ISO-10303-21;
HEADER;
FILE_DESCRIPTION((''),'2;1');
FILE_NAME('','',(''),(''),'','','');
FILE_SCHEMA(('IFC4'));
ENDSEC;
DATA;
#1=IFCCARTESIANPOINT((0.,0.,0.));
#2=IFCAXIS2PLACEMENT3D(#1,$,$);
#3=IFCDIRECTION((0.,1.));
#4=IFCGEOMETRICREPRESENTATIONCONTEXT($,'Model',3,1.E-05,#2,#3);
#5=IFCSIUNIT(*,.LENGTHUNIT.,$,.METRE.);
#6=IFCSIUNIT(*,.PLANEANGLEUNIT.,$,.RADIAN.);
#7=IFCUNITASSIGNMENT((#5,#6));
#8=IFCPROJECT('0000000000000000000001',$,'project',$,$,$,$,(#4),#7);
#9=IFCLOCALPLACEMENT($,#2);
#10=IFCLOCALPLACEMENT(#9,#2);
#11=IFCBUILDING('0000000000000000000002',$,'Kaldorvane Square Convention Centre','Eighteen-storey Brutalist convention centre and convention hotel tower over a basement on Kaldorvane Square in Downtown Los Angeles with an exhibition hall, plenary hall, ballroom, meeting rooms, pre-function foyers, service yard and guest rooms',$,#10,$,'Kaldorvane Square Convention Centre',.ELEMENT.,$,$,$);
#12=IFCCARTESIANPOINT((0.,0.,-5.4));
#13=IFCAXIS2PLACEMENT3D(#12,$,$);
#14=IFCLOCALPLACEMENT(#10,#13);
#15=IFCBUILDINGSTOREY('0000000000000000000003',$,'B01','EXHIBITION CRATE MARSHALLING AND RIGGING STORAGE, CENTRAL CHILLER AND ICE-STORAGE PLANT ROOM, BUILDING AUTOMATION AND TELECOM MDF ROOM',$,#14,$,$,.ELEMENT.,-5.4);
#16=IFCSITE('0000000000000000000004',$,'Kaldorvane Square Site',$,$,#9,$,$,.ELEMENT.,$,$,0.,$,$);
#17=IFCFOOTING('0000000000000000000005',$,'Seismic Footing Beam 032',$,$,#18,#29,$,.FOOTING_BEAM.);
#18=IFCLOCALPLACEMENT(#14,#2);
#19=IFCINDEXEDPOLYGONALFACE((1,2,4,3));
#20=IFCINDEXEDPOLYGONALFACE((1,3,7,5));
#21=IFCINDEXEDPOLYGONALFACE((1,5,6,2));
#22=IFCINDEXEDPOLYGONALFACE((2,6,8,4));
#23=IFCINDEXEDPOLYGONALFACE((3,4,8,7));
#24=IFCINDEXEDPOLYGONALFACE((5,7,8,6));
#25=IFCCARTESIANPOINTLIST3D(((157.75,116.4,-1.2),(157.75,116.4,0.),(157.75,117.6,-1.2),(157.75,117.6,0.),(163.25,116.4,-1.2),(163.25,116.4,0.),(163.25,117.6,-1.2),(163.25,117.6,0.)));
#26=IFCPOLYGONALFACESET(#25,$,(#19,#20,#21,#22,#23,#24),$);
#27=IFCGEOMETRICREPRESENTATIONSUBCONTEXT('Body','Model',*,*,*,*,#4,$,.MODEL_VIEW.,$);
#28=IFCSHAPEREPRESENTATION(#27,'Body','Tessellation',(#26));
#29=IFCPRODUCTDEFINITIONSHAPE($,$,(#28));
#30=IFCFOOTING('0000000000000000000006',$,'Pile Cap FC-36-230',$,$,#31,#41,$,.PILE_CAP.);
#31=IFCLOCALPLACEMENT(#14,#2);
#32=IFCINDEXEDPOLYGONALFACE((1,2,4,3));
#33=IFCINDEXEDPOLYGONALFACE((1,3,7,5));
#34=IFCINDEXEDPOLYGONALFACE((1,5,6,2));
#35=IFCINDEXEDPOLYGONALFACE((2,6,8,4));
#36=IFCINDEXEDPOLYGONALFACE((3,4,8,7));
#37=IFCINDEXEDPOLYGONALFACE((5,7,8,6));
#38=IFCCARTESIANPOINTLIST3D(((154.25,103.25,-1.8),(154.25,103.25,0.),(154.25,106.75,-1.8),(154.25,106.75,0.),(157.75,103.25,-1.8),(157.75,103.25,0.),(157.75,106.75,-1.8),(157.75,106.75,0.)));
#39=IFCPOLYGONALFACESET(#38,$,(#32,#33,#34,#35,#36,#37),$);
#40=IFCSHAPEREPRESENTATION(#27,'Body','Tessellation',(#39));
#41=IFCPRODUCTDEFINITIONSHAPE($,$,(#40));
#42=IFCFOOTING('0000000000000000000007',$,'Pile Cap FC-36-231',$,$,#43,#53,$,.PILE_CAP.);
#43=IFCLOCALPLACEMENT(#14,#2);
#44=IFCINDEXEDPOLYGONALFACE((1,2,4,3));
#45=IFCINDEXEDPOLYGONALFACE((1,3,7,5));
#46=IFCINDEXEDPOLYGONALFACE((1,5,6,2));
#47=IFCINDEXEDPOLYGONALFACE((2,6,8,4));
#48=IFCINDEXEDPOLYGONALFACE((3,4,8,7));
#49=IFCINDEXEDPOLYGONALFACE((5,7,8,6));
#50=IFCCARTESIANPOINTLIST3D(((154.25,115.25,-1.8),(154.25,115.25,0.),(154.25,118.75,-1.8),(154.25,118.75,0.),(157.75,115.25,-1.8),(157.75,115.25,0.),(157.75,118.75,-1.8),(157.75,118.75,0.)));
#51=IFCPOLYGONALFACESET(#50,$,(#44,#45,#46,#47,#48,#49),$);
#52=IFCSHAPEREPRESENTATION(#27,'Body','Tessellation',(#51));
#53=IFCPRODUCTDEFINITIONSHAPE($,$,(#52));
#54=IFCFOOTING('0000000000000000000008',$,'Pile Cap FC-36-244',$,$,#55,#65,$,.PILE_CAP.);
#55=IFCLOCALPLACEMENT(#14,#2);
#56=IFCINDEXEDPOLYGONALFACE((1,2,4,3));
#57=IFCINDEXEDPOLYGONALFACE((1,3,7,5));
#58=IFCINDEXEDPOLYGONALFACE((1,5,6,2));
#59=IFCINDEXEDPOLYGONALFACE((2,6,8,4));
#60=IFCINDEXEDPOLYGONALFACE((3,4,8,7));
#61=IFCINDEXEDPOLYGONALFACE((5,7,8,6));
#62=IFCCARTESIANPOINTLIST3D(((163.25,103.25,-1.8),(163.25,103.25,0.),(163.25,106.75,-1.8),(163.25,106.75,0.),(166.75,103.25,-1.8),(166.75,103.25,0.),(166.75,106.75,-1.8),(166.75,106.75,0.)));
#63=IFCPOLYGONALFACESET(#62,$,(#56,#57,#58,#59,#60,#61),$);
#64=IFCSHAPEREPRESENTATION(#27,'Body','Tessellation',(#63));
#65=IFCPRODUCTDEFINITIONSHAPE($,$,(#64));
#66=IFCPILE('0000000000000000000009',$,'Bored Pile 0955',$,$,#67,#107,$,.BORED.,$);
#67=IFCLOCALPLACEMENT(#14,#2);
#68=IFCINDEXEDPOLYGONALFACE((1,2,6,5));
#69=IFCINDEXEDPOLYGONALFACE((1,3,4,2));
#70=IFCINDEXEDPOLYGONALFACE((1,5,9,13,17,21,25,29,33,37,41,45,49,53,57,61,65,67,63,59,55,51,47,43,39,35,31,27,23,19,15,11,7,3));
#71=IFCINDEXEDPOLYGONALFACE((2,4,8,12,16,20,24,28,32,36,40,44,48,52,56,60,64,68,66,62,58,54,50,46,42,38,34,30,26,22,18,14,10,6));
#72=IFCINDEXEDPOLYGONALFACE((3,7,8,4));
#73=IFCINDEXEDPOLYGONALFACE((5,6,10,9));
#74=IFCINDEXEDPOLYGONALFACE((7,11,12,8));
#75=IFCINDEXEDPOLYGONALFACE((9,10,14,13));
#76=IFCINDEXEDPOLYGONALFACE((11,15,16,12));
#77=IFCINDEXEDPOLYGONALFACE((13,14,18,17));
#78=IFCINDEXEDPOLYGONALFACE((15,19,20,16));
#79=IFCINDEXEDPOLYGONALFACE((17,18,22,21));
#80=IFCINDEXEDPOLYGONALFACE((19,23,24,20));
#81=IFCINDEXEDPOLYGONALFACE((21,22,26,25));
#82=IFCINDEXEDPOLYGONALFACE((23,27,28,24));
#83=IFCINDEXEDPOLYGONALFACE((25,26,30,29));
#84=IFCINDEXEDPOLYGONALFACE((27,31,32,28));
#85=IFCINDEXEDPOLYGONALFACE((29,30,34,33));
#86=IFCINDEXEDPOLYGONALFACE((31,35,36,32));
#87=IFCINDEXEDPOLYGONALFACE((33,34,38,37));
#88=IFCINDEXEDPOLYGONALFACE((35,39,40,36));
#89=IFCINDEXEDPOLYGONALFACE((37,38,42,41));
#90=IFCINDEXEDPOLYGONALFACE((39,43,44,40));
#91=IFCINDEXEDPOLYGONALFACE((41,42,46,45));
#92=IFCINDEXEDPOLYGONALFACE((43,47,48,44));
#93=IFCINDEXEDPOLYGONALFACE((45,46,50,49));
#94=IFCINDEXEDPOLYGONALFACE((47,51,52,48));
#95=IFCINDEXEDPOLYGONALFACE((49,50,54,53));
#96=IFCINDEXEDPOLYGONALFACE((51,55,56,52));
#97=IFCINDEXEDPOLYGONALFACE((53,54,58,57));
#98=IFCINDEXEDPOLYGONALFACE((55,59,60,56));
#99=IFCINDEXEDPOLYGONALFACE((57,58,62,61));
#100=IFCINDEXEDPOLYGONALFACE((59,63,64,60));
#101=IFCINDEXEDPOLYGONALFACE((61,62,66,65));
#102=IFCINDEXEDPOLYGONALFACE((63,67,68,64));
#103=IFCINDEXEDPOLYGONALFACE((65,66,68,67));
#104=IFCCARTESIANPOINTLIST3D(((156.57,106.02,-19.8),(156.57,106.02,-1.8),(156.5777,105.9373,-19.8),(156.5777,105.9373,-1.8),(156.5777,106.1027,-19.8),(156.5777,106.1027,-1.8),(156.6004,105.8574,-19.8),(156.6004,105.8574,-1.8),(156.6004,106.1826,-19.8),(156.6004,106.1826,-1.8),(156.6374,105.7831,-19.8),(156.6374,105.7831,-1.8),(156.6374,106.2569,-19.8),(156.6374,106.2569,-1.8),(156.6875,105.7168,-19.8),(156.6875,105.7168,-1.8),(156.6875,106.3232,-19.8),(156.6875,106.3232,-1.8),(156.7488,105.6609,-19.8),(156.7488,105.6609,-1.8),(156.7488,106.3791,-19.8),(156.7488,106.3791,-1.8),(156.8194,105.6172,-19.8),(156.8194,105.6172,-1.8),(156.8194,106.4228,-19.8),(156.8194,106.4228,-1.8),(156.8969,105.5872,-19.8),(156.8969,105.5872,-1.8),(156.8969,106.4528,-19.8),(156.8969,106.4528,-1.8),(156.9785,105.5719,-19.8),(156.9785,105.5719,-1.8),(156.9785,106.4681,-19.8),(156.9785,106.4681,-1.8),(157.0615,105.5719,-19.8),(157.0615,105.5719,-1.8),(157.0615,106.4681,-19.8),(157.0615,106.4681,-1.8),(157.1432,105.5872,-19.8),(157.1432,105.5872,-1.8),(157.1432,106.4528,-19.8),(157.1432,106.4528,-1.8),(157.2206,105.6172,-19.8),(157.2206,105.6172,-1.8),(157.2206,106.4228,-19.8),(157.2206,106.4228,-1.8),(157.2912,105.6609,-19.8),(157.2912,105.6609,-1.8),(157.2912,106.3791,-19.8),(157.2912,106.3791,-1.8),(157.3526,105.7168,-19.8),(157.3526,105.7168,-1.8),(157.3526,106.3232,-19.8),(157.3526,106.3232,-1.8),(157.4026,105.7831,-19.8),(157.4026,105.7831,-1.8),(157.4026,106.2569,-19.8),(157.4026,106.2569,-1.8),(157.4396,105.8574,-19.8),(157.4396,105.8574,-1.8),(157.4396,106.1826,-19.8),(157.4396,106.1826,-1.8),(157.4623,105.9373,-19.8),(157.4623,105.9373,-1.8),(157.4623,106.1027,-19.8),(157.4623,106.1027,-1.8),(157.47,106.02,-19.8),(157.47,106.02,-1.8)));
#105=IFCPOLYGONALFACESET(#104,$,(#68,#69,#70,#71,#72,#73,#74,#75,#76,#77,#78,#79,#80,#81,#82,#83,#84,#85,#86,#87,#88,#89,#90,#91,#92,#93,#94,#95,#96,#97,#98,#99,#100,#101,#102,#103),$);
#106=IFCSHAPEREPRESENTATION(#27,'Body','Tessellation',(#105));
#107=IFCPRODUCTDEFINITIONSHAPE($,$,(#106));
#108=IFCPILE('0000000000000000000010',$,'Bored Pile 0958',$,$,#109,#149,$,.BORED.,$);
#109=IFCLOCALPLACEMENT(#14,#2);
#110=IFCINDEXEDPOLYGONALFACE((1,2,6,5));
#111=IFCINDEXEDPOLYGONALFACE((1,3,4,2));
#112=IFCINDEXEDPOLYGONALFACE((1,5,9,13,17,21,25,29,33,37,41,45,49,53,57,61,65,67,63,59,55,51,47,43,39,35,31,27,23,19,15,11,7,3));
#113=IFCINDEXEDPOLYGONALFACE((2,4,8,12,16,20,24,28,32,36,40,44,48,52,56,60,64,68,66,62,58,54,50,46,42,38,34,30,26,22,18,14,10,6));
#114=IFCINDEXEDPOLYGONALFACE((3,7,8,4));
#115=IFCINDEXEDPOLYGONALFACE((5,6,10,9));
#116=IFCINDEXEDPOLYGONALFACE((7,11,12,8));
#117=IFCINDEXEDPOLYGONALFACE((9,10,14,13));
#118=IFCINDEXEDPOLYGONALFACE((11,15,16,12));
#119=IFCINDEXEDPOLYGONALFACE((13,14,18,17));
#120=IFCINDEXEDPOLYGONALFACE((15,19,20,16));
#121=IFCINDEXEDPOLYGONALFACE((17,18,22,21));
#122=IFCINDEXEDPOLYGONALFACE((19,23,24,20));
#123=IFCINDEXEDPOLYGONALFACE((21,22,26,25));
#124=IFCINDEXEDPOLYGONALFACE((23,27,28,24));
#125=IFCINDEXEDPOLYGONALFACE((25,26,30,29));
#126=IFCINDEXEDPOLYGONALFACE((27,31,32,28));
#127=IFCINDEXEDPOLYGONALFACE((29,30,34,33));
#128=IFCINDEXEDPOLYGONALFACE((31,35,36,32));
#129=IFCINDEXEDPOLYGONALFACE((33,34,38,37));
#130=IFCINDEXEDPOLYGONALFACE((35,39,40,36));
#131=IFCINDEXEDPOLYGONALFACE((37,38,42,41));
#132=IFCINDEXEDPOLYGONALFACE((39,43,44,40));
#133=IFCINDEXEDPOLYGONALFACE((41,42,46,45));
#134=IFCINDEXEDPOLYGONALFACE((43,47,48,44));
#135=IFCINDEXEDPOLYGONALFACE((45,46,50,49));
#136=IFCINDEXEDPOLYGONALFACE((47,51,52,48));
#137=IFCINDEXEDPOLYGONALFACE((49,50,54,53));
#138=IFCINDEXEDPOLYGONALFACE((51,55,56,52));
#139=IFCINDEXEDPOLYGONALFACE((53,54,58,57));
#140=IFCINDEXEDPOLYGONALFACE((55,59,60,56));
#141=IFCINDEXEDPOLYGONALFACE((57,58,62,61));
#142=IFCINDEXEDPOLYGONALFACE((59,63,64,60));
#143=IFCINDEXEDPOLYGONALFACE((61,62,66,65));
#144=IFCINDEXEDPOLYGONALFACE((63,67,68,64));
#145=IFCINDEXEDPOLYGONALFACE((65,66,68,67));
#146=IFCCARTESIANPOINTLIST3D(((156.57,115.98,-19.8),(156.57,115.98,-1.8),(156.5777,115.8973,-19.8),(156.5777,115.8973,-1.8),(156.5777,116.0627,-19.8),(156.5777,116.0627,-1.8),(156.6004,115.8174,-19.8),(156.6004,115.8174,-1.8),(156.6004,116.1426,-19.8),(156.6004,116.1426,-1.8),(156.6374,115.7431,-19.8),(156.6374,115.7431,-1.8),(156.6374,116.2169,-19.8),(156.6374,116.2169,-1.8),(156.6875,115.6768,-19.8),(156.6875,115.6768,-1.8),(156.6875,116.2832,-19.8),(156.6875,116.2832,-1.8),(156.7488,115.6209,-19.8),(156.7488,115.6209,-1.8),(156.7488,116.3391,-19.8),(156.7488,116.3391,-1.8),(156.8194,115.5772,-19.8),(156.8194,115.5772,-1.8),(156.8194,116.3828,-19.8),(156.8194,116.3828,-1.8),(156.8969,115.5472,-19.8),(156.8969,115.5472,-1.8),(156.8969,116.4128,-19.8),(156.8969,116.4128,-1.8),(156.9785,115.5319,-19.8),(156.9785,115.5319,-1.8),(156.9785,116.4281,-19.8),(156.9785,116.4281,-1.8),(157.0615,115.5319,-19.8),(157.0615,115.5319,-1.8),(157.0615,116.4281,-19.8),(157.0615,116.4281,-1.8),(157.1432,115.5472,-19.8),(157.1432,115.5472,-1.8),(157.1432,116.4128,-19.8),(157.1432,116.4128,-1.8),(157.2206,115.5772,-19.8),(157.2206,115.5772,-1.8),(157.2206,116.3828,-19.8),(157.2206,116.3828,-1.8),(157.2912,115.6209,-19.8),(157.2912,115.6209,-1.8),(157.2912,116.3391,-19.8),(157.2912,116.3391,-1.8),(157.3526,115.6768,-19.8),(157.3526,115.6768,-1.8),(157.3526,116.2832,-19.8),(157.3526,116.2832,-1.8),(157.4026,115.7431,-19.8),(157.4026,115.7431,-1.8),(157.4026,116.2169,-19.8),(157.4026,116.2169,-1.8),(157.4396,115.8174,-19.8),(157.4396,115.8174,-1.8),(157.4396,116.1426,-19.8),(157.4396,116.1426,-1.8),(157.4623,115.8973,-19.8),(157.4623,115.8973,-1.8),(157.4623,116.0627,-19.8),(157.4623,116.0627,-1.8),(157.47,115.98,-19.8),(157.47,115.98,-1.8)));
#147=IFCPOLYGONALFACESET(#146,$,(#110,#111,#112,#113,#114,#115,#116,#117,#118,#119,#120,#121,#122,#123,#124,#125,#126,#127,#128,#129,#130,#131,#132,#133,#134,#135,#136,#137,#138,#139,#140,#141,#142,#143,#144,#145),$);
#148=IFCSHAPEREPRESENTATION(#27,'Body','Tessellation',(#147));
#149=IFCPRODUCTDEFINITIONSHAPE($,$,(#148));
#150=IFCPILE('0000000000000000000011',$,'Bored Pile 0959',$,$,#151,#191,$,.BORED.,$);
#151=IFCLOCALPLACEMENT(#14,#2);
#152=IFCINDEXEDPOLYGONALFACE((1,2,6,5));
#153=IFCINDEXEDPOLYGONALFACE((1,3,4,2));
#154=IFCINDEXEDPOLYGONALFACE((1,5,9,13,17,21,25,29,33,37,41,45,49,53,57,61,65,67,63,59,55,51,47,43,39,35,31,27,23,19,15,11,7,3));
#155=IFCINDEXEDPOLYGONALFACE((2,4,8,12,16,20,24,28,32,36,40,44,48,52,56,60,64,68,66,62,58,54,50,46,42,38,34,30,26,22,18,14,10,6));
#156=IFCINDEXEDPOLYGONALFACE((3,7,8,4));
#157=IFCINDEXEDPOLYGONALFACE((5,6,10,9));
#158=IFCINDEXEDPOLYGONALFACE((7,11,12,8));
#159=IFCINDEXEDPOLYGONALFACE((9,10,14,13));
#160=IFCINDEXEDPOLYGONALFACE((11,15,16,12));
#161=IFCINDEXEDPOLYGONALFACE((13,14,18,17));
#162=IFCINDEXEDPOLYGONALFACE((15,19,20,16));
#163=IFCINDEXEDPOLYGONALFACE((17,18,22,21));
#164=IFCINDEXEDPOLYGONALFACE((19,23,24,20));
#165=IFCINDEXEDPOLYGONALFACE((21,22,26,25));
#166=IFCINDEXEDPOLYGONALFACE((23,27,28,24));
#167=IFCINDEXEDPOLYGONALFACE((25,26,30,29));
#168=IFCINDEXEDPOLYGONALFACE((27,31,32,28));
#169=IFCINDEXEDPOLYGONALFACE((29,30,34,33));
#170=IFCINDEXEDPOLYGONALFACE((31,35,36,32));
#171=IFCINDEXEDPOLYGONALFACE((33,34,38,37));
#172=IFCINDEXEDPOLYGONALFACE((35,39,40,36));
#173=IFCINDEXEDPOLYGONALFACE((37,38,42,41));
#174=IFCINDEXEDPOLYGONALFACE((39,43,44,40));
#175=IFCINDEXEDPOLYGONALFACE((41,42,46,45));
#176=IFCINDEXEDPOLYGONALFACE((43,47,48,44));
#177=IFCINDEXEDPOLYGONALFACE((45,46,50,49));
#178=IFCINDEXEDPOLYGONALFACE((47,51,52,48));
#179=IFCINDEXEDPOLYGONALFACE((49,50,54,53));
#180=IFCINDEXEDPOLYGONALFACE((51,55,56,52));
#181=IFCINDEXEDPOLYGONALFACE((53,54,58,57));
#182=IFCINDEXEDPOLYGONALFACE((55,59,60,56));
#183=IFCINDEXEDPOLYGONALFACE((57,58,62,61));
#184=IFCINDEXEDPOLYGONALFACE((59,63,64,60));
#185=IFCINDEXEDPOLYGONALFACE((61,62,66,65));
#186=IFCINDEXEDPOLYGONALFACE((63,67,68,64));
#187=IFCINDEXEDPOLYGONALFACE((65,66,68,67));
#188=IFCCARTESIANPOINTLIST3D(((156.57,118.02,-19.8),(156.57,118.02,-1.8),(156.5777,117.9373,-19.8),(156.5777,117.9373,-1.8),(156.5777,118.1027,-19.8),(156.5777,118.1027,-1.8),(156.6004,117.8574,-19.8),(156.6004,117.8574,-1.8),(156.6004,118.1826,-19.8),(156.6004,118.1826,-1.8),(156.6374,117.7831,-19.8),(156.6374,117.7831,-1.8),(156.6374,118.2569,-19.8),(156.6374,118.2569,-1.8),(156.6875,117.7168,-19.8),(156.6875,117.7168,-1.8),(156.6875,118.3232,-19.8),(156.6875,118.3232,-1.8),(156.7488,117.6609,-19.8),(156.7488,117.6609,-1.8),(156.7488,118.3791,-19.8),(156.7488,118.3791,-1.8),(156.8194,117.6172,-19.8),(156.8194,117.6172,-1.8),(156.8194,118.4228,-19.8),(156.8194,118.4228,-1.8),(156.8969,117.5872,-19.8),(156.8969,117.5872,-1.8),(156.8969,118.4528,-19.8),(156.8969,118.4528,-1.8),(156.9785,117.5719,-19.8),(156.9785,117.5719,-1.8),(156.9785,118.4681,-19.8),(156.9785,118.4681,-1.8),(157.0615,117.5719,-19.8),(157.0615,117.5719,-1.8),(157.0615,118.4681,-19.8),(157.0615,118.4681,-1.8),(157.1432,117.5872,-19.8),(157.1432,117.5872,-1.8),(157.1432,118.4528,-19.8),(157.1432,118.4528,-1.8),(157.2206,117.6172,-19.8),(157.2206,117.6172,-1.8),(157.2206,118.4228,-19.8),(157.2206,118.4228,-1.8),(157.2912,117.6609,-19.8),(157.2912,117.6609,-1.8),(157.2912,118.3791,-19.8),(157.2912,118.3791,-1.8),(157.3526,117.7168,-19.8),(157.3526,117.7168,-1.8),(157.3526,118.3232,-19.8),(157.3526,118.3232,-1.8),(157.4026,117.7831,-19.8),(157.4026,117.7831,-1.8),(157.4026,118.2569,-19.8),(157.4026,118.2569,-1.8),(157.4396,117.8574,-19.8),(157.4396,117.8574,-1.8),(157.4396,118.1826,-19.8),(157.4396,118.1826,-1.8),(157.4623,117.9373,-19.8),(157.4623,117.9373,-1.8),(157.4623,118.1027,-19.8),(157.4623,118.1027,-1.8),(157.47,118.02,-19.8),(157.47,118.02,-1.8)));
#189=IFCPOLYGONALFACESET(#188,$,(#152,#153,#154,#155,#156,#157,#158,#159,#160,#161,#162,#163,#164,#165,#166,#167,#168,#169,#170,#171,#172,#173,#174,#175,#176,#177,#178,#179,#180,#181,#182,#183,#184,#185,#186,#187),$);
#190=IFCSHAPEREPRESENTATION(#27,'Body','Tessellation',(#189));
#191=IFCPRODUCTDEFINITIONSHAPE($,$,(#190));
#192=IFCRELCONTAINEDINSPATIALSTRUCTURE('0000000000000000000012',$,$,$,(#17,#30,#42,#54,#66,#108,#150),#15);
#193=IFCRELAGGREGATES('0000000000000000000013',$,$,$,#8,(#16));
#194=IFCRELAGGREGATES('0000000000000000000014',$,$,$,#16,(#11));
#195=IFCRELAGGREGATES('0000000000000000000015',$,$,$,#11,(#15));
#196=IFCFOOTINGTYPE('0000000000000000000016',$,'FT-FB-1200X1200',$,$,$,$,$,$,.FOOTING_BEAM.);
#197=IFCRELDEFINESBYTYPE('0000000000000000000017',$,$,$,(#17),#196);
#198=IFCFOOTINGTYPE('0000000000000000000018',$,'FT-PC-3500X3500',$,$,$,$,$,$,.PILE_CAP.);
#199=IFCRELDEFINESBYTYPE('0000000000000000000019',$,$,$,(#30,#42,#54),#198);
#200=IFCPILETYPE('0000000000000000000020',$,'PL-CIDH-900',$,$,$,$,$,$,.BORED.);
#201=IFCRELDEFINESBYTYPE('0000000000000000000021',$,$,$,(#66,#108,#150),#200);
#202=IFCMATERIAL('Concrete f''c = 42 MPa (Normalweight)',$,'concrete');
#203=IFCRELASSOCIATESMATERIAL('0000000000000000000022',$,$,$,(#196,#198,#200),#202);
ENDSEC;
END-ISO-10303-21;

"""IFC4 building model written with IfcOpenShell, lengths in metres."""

from ifc_helpers import new_model, si_unit, direction, frame, origin, origin_2d, place, context, subcontext, project, spatial, rectangle, circle, extrude, material, material_profile, profile_set, type_object, element, save


model = new_model("IFC4")

# Units and contexts
model_context = context("Model", 3, precision=1e-05, world=origin(), true_north=direction((0.0, 1.0)))
body_context = subcontext(model_context, "Body", "Model", "MODEL_VIEW")
ifc_project = project(units=[si_unit("LENGTHUNIT", "METRE"), si_unit("PLANEANGLEUNIT", "RADIAN")], contexts=[model_context])

# Site, building, storey
site_placement = place(None, origin())
site = spatial("IfcSite", under=ifc_project, at=site_placement, Name="Kaldorvane Square Site", CompositionType="ELEMENT", RefElevation=0.0)
building_placement = place(site_placement, origin())
building = spatial("IfcBuilding", under=site, at=building_placement, Name="Kaldorvane Square Convention Centre", Description="Eighteen-storey Brutalist convention centre and convention hotel tower over a basement on Kaldorvane Square in Downtown Los Angeles with an exhibition hall, plenary hall, ballroom, meeting rooms, pre-function foyers, service yard and guest rooms", LongName="Kaldorvane Square Convention Centre", CompositionType="ELEMENT")
storey_placement = place(building_placement, frame((0.0, 0.0, -5.4)))
storey = spatial("IfcBuildingStorey", under=building, at=storey_placement, Name="B01", Description="EXHIBITION CRATE MARSHALLING AND RIGGING STORAGE, CENTRAL CHILLER AND ICE-STORAGE PLANT ROOM, BUILDING AUTOMATION AND TELECOM MDF ROOM", CompositionType="ELEMENT", Elevation=-5.4)

# Footings
ifc_material_1 = material(Name="Concrete f'c = 42 MPa (Normalweight)", Category="concrete")
footing_type_1 = type_object("IfcFootingType", Name="FT-FB-1200X1200", PredefinedType="FOOTING_BEAM", material=ifc_material_1)
footing_placement = place(storey_placement, frame((160.5, 117.0, -1.2), z_axis=(0.0, 0.0, 1.0), x_axis=(1.0, 0.0, 0.0)))
element("IfcFooting", 1, at=footing_placement, inside=storey, type_object=footing_type_1, Name="Seismic Footing Beam 032", PredefinedType="FOOTING_BEAM", context=body_context, shape_type="SweptSolid", body=[
    extrude(rectangle(XDim=5.5, YDim=1.2, at=origin_2d()), origin(), (0.0, 0.0, 1.0), 1.2),
])
footing_type_2 = type_object("IfcFootingType", Name="FT-PC-3500X3500", PredefinedType="PILE_CAP", material=ifc_material_1)
for number, where, z_axis, x_axis, name in (
    (2, (156.0, 105.0, -1.8), (0.0, 0.0, 1.0), (1.0, 0.0, 0.0), "Pile Cap FC-36-230"),
    (3, (156.0, 117.0, -1.8), (0.0, 0.0, 1.0), (1.0, 0.0, 0.0), "Pile Cap FC-36-231"),
    (4, (165.0, 105.0, -1.8), (0.0, 0.0, 1.0), (1.0, 0.0, 0.0), "Pile Cap FC-36-244"),
):
    element("IfcFooting", number, at=place(storey_placement, frame(where, z_axis=z_axis, x_axis=x_axis)), inside=storey, type_object=footing_type_2, Name=name, PredefinedType="PILE_CAP", context=body_context, shape_type="SweptSolid", body=[
        extrude(rectangle(XDim=3.5, YDim=3.5, at=origin_2d()), origin(), (0.0, 0.0, 1.0), 1.8),
    ])

# Piles
ifc_material_profile_1 = material_profile(ifc_material_1, circle(Radius=0.45, at=origin_2d()), Name="PILE-D900")
ifc_profile_set_1 = profile_set([ifc_material_profile_1], Name="Concrete f'c = 42 MPa (Normalweight)")
pile_type = type_object("IfcPileType", Name="PL-CIDH-900", PredefinedType="BORED", material=ifc_profile_set_1)
for number, where, z_axis, x_axis, name in (
    (5, (157.02, 106.02, -1.8), (0.0, 0.0, -1.0), (1.0, 0.0, 0.0), "Bored Pile 0955"),
    (6, (157.02, 115.98, -1.8), (0.0, 0.0, -1.0), (1.0, 0.0, 0.0), "Bored Pile 0958"),
    (7, (157.02, 118.02, -1.8), (0.0, 0.0, -1.0), (1.0, 0.0, 0.0), "Bored Pile 0959"),
):
    element("IfcPile", number, at=place(storey_placement, frame(where, z_axis=z_axis, x_axis=x_axis)), inside=storey, type_object=pile_type, Name=name, PredefinedType="BORED", context=body_context, shape_type="SweptSolid", body=[
        extrude(circle(Radius=0.45, at=origin_2d()), origin(), (0.0, 0.0, 1.0), 18.0),
    ])

save(model, "model.ifc")
